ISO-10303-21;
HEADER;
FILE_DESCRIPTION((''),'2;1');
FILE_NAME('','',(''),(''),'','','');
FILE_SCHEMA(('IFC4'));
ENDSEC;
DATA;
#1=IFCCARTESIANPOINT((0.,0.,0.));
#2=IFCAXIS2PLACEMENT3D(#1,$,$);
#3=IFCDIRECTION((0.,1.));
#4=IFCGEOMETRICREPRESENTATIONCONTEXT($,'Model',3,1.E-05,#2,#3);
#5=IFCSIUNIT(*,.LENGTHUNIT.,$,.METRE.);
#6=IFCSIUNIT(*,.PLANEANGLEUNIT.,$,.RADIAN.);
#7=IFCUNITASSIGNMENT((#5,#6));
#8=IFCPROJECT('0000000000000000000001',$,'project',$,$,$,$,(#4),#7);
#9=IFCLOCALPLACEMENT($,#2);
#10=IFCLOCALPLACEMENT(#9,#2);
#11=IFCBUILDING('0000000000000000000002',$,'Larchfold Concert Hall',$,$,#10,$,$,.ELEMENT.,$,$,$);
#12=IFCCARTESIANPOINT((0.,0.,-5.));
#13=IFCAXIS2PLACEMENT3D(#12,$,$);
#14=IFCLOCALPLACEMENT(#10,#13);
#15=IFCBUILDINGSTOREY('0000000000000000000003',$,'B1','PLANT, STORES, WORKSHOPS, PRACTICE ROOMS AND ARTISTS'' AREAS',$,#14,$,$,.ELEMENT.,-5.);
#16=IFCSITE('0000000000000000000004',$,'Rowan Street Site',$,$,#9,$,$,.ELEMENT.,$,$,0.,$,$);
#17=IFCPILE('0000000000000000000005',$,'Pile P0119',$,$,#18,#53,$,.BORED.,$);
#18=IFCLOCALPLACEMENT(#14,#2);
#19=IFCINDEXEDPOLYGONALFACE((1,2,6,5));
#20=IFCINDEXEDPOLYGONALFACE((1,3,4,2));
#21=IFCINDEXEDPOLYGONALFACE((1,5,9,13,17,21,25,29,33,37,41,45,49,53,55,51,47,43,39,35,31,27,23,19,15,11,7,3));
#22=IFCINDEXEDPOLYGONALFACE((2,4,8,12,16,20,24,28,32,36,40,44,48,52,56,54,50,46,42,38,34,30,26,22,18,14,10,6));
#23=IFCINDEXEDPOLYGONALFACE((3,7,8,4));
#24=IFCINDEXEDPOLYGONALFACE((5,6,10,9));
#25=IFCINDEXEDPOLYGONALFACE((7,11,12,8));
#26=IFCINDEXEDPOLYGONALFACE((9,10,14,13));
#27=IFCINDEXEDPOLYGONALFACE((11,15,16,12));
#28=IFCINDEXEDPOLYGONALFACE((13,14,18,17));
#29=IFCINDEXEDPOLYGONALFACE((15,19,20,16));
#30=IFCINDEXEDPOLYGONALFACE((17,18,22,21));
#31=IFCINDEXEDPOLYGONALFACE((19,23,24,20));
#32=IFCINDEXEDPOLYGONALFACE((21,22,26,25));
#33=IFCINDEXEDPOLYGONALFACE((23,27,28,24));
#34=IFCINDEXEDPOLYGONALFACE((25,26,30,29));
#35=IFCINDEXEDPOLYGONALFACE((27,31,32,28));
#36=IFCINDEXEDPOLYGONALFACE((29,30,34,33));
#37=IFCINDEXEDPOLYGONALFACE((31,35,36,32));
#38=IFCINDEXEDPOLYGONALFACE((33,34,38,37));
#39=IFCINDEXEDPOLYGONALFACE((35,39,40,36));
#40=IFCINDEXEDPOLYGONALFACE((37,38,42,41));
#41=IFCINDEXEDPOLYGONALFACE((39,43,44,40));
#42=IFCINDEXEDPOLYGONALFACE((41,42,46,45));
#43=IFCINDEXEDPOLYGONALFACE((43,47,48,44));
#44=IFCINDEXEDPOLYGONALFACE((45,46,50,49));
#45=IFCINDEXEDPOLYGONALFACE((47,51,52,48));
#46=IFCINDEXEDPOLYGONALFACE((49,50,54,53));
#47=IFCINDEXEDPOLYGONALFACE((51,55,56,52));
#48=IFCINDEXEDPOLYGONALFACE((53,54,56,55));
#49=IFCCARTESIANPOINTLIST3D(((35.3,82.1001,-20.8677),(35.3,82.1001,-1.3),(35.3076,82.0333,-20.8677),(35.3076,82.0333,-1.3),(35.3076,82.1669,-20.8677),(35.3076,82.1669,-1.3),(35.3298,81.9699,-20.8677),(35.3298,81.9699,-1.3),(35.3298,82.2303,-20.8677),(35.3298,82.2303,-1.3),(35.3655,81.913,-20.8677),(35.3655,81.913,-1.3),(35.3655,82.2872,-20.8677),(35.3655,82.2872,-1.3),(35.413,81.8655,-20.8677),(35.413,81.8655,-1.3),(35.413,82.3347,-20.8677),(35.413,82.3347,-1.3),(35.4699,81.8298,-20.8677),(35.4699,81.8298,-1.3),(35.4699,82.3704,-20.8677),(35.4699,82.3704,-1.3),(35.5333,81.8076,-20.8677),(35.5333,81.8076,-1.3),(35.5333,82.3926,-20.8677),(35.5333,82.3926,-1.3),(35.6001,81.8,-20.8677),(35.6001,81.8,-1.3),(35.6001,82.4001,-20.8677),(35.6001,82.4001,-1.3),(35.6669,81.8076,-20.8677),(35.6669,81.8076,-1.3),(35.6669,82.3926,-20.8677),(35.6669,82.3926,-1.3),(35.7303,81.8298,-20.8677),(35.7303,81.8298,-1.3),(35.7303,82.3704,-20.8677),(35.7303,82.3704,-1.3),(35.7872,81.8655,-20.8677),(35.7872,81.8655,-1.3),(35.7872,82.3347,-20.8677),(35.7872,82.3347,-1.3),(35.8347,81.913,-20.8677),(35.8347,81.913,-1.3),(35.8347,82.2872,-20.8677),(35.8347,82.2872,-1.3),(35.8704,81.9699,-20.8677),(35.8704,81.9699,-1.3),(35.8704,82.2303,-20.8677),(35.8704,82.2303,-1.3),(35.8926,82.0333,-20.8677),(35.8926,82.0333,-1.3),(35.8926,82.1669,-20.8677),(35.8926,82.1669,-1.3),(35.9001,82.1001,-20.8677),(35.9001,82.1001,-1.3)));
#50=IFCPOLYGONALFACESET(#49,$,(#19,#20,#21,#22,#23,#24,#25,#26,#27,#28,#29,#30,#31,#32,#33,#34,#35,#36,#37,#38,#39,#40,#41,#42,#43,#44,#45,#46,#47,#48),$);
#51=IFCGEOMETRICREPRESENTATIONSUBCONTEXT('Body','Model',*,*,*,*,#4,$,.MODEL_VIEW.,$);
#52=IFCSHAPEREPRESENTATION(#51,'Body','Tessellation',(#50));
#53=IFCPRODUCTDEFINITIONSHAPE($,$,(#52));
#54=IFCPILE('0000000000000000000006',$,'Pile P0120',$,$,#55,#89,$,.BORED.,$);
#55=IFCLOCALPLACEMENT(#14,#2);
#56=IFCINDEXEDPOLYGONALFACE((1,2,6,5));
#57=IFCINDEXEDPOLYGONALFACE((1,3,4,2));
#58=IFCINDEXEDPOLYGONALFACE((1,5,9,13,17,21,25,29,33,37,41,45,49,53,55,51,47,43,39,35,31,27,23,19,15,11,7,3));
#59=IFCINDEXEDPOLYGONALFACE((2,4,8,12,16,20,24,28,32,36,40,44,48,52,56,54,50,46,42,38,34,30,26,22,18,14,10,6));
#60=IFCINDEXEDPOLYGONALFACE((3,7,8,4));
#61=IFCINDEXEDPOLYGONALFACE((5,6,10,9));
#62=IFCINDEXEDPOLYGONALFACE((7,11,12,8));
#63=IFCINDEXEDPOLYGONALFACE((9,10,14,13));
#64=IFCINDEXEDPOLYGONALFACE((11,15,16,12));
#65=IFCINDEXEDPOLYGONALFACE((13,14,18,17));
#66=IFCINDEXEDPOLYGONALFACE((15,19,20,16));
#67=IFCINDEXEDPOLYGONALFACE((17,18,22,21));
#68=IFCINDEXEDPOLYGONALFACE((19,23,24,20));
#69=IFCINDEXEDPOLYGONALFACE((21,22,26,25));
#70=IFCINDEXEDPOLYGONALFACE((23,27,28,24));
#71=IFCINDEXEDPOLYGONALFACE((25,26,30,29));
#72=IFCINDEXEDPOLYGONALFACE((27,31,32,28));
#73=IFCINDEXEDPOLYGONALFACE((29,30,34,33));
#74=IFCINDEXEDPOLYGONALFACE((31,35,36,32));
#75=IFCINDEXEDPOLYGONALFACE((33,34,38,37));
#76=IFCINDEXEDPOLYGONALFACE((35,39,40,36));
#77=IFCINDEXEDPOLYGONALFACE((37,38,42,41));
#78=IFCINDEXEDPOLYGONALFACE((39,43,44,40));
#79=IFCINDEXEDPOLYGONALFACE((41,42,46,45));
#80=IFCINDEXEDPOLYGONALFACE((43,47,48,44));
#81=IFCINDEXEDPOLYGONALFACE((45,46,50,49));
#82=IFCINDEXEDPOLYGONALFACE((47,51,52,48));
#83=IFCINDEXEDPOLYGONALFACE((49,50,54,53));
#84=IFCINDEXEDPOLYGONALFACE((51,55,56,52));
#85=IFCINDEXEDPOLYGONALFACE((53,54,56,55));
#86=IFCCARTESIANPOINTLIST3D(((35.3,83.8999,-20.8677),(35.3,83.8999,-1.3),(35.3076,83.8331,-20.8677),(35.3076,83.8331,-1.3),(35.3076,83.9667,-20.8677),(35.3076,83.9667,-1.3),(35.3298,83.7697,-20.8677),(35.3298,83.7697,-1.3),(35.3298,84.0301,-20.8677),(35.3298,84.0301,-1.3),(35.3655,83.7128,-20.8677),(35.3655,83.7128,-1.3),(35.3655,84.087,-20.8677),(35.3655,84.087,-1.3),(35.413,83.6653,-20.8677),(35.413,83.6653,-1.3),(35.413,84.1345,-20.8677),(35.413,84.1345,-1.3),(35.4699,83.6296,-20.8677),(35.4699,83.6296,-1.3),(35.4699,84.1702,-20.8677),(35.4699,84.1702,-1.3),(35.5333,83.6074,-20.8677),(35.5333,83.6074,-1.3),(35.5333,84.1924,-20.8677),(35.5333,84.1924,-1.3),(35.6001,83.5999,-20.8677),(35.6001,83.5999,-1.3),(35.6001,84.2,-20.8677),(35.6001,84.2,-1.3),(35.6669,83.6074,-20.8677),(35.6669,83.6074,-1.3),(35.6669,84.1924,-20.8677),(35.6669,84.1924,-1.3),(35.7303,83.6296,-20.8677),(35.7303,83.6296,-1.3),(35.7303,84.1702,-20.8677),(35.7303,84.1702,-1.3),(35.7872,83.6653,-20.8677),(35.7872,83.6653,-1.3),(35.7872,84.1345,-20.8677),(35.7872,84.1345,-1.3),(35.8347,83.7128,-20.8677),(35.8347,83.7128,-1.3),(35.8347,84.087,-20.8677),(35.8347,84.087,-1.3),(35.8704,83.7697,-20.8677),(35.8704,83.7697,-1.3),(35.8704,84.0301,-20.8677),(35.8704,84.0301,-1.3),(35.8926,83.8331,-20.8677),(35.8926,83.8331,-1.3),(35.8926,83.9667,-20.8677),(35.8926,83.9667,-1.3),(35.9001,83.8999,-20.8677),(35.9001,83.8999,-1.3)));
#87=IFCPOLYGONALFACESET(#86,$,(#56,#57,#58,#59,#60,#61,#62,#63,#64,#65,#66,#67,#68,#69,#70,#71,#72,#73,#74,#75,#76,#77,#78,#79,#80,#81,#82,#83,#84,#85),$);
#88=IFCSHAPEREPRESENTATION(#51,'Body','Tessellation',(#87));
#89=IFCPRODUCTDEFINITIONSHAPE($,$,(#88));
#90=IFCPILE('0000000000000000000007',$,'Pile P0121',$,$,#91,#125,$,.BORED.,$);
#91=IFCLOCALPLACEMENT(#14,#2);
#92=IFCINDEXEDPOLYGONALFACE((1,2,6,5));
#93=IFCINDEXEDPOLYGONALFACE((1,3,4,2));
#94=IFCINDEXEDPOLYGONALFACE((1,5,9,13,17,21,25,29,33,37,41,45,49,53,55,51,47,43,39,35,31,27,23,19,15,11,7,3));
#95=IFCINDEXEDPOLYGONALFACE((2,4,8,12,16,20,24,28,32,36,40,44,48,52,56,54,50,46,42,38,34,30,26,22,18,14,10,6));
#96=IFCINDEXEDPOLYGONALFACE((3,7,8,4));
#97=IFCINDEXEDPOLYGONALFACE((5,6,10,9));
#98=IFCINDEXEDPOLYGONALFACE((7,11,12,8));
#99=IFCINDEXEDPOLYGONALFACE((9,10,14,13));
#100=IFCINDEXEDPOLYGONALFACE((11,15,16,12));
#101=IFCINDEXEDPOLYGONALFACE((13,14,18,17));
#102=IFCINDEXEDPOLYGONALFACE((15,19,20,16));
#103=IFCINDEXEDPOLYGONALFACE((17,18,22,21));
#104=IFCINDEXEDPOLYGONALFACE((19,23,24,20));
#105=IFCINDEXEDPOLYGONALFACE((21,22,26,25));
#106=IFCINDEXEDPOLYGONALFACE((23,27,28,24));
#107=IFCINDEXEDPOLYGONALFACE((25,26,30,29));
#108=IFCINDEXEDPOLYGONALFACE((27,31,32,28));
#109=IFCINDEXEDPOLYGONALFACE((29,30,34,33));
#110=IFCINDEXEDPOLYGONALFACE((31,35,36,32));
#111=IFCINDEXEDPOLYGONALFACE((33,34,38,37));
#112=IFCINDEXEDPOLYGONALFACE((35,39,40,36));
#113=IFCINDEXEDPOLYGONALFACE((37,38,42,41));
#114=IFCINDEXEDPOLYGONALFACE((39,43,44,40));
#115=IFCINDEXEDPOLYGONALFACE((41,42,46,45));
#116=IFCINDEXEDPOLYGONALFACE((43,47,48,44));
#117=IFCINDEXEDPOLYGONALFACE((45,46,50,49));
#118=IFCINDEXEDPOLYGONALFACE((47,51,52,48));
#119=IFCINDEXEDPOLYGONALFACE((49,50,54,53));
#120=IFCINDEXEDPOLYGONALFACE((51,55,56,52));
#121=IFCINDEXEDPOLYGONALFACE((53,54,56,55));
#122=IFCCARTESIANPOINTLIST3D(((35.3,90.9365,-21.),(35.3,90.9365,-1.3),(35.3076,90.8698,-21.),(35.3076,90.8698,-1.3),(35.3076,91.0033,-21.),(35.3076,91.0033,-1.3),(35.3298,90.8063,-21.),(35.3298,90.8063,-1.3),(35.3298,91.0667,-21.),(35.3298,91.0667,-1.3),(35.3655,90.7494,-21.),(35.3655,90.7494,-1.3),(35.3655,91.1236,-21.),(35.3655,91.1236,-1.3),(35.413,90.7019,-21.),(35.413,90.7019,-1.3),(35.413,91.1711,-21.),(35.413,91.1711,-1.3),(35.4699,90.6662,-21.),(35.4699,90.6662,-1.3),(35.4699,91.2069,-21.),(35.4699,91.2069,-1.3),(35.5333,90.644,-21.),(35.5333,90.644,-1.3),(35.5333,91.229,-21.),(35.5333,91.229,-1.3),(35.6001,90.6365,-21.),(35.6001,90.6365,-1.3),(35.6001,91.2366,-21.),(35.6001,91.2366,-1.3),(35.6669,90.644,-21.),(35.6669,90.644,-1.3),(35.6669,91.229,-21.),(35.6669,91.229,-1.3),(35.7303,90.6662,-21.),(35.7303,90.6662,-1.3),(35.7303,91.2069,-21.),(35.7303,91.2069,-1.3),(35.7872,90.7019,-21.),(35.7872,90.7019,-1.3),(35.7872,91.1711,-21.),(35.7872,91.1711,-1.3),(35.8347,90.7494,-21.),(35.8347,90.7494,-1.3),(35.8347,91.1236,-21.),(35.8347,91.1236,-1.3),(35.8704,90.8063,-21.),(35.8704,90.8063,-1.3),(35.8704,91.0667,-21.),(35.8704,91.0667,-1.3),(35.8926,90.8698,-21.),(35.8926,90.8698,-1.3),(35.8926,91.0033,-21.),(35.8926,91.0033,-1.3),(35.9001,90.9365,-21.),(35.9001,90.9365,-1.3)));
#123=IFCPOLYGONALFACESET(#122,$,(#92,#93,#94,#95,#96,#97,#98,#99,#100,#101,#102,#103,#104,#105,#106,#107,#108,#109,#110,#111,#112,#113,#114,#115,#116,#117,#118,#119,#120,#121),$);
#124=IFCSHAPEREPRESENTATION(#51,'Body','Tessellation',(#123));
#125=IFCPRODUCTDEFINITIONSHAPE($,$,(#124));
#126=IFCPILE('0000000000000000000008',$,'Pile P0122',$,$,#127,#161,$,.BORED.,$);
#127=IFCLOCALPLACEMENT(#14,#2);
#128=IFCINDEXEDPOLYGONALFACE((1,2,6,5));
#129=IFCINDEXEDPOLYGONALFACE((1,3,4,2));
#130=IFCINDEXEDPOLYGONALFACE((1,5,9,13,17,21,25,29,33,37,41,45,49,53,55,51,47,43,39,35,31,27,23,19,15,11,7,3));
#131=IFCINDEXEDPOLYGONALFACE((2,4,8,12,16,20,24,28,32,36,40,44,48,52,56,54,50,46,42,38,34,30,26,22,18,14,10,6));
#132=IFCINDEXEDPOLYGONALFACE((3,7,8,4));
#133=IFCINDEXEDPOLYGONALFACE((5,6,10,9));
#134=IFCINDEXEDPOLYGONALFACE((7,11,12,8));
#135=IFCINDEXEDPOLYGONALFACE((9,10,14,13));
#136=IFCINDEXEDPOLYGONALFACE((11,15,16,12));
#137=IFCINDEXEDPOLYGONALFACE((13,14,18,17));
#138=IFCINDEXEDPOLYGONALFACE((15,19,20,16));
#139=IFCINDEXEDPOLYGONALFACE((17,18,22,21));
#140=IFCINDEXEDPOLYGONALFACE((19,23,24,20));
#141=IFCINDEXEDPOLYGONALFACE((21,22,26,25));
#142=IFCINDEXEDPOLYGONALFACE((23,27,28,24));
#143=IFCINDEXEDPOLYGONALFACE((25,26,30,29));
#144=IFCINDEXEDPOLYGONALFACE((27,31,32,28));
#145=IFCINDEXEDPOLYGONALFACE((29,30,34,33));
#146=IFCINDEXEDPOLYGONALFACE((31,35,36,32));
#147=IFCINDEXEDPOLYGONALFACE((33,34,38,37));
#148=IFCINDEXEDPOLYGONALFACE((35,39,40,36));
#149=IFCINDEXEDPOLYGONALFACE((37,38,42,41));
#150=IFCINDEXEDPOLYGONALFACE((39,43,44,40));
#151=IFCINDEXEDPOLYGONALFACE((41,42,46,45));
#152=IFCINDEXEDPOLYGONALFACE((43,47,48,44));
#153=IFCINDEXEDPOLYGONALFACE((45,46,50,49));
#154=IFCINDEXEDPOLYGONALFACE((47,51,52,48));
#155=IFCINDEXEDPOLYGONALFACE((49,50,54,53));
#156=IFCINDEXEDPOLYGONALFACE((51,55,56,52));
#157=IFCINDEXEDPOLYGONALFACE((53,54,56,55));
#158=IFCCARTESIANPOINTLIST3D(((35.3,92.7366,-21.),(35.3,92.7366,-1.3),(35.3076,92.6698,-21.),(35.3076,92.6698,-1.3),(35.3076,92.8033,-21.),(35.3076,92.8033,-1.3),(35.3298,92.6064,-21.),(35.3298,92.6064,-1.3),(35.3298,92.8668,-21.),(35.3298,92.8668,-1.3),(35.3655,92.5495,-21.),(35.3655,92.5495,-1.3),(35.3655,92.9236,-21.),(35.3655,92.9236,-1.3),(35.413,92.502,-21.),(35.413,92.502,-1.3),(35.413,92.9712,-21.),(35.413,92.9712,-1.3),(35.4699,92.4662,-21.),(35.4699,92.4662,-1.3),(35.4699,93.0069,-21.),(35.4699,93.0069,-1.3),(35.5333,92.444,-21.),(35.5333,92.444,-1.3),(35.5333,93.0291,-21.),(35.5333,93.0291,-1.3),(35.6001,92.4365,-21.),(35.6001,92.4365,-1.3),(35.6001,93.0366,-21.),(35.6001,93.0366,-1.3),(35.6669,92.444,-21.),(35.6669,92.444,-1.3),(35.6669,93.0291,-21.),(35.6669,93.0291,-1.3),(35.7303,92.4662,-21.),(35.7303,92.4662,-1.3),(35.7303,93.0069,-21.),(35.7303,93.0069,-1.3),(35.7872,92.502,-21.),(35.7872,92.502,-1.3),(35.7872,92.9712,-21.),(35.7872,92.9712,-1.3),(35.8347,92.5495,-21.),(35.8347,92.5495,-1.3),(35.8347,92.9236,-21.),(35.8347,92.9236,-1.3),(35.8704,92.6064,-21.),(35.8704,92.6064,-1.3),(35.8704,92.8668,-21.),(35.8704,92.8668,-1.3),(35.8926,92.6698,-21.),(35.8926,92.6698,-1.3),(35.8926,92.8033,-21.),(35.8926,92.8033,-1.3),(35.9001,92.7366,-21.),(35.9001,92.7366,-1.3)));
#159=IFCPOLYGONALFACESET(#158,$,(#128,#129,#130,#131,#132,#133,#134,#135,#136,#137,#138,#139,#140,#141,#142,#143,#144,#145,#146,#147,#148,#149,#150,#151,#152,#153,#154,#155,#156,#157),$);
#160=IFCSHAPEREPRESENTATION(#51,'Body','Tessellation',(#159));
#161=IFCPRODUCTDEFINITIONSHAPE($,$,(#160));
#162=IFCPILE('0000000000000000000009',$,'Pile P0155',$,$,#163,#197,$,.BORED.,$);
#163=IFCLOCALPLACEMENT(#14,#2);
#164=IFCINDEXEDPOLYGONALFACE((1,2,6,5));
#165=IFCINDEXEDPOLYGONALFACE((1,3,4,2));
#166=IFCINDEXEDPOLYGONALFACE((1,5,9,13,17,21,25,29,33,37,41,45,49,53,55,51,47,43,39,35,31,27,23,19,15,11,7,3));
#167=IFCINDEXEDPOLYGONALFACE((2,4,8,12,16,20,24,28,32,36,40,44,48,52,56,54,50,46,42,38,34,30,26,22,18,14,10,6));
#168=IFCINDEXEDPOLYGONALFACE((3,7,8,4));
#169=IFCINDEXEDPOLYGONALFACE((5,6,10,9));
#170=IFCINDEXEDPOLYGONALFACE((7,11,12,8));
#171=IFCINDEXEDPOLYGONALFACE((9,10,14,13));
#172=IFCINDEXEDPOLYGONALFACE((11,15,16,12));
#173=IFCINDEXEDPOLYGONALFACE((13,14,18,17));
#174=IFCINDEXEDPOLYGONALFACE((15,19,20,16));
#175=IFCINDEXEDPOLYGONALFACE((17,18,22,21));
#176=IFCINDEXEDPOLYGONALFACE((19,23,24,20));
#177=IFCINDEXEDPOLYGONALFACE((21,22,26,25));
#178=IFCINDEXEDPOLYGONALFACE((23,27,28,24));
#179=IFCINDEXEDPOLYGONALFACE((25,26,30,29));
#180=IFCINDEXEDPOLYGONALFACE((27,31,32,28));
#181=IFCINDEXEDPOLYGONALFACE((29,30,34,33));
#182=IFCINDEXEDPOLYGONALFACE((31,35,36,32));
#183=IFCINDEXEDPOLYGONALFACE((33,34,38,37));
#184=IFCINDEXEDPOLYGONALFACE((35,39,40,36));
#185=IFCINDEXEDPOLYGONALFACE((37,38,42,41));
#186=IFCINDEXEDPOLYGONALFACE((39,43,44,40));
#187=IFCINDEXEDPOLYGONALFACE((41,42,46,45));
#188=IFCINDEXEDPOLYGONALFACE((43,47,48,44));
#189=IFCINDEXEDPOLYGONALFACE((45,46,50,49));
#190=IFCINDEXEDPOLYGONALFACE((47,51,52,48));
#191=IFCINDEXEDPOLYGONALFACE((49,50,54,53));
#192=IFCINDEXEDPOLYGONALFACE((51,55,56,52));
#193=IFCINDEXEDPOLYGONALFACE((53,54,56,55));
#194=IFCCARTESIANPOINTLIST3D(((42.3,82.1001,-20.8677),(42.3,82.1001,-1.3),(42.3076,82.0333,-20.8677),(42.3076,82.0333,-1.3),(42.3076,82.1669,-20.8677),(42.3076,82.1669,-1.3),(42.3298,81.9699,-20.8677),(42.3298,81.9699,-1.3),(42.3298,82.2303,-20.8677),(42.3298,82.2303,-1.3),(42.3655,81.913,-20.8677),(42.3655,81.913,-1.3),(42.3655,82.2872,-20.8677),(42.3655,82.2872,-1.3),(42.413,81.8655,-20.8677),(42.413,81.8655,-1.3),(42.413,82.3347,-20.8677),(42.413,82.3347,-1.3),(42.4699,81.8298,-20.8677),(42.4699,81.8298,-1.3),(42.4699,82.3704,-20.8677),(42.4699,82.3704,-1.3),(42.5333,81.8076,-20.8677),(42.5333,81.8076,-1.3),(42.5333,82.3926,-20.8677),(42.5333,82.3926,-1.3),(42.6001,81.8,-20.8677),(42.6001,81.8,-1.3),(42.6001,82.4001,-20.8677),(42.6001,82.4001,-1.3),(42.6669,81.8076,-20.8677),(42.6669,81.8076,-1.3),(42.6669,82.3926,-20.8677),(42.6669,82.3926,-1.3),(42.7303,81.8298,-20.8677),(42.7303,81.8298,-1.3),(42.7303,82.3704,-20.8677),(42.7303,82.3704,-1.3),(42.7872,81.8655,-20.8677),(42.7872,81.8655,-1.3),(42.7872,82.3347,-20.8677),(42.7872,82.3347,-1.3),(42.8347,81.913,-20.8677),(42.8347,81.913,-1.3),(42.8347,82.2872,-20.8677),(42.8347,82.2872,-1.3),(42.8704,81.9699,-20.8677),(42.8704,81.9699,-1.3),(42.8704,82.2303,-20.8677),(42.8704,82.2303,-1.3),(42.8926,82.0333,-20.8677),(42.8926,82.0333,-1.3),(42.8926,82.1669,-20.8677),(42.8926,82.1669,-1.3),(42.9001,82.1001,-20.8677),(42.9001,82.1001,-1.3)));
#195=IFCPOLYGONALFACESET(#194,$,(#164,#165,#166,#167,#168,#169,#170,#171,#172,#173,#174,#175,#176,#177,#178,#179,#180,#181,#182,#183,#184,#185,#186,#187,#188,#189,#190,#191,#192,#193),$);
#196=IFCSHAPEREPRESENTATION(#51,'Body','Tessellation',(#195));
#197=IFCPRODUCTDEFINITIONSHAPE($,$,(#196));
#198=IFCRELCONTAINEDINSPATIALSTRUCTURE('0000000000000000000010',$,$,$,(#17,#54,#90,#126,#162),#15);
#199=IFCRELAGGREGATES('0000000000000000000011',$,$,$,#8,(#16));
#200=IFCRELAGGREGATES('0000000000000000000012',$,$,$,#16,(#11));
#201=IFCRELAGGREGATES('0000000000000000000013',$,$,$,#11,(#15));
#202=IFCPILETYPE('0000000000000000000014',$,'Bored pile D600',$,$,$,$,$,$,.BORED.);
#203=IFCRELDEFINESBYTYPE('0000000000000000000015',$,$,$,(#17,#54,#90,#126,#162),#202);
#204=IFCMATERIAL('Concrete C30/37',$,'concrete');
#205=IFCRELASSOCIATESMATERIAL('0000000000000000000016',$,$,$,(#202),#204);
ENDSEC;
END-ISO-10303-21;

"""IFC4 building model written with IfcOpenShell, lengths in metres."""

from ifc_helpers import new_model, si_unit, direction, frame, origin, origin_2d, place, context, subcontext, project, spatial, circle, extrude, material, material_profile, profile_set, type_object, element, save


model = new_model("IFC4")

# Units and contexts
model_context = context("Model", 3, precision=1e-05, world=origin(), true_north=direction((0.0, 1.0)))
body_context = subcontext(model_context, "Body", "Model", "MODEL_VIEW")
ifc_project = project(units=[si_unit("LENGTHUNIT", "METRE"), si_unit("PLANEANGLEUNIT", "RADIAN")], contexts=[model_context])

# Site, building, storey
site_placement = place(None, origin())
site = spatial("IfcSite", under=ifc_project, at=site_placement, Name="Rowan Street Site", CompositionType="ELEMENT", RefElevation=0.0)
building_placement = place(site_placement, origin())
building = spatial("IfcBuilding", under=site, at=building_placement, Name="Larchfold Concert Hall", CompositionType="ELEMENT")
storey_placement = place(building_placement, frame((0.0, 0.0, -5.0)))
storey = spatial("IfcBuildingStorey", under=building, at=storey_placement, Name="B1", Description="PLANT, STORES, WORKSHOPS, PRACTICE ROOMS AND ARTISTS' AREAS", CompositionType="ELEMENT", Elevation=-5.0)

# Piles
ifc_material_1 = material(Name="Concrete C30/37", Category="concrete")
ifc_material_profile_1 = material_profile(ifc_material_1, circle(Radius=0.3, at=origin_2d()))
ifc_profile_set_1 = profile_set([ifc_material_profile_1], Name="Concrete C30/37")
pile_type_1 = type_object("IfcPileType", Name="Bored pile D600", PredefinedType="BORED", material=ifc_profile_set_1)
for number, where, z_axis, x_axis, name in (
    (1, (35.6001, 82.1001, -1.3), (0.0, 0.0, -1.0), (1.0, 0.0, 0.0), "Pile P0119"),
    (2, (35.6001, 83.8999, -1.3), (0.0, 0.0, -1.0), (1.0, 0.0, 0.0), "Pile P0120"),
):
    element("IfcPile", number, at=place(storey_placement, frame(where, z_axis=z_axis, x_axis=x_axis)), inside=storey, type_object=pile_type_1, Name=name, PredefinedType="BORED", context=body_context, shape_type="SweptSolid", body=[
        extrude(circle(Radius=0.3, at=origin_2d()), origin(), (0.0, 0.0, 1.0), 19.5676),
    ])
for number, where, z_axis, x_axis, name in (
    (3, (35.6001, 90.9365, -1.3), (0.0, 0.0, -1.0), (1.0, 0.0, 0.0), "Pile P0121"),
    (4, (35.6001, 92.7366, -1.3), (0.0, 0.0, -1.0), (1.0, 0.0, 0.0), "Pile P0122"),
):
    element("IfcPile", number, at=place(storey_placement, frame(where, z_axis=z_axis, x_axis=x_axis)), inside=storey, type_object=pile_type_1, Name=name, PredefinedType="BORED", context=body_context, shape_type="SweptSolid", body=[
        extrude(circle(Radius=0.3, at=origin_2d()), origin(), (0.0, 0.0, 1.0), 19.7),
    ])
for number, where, z_axis, x_axis, name in (
    (5, (42.6001, 82.1001, -1.3), (0.0, 0.0, -1.0), (1.0, 0.0, 0.0), "Pile P0155"),
):
    element("IfcPile", number, at=place(storey_placement, frame(where, z_axis=z_axis, x_axis=x_axis)), inside=storey, type_object=pile_type_1, Name=name, PredefinedType="BORED", context=body_context, shape_type="SweptSolid", body=[
        extrude(circle(Radius=0.3, at=origin_2d()), origin(), (0.0, 0.0, 1.0), 19.5676),
    ])

save(model, "model.ifc")
